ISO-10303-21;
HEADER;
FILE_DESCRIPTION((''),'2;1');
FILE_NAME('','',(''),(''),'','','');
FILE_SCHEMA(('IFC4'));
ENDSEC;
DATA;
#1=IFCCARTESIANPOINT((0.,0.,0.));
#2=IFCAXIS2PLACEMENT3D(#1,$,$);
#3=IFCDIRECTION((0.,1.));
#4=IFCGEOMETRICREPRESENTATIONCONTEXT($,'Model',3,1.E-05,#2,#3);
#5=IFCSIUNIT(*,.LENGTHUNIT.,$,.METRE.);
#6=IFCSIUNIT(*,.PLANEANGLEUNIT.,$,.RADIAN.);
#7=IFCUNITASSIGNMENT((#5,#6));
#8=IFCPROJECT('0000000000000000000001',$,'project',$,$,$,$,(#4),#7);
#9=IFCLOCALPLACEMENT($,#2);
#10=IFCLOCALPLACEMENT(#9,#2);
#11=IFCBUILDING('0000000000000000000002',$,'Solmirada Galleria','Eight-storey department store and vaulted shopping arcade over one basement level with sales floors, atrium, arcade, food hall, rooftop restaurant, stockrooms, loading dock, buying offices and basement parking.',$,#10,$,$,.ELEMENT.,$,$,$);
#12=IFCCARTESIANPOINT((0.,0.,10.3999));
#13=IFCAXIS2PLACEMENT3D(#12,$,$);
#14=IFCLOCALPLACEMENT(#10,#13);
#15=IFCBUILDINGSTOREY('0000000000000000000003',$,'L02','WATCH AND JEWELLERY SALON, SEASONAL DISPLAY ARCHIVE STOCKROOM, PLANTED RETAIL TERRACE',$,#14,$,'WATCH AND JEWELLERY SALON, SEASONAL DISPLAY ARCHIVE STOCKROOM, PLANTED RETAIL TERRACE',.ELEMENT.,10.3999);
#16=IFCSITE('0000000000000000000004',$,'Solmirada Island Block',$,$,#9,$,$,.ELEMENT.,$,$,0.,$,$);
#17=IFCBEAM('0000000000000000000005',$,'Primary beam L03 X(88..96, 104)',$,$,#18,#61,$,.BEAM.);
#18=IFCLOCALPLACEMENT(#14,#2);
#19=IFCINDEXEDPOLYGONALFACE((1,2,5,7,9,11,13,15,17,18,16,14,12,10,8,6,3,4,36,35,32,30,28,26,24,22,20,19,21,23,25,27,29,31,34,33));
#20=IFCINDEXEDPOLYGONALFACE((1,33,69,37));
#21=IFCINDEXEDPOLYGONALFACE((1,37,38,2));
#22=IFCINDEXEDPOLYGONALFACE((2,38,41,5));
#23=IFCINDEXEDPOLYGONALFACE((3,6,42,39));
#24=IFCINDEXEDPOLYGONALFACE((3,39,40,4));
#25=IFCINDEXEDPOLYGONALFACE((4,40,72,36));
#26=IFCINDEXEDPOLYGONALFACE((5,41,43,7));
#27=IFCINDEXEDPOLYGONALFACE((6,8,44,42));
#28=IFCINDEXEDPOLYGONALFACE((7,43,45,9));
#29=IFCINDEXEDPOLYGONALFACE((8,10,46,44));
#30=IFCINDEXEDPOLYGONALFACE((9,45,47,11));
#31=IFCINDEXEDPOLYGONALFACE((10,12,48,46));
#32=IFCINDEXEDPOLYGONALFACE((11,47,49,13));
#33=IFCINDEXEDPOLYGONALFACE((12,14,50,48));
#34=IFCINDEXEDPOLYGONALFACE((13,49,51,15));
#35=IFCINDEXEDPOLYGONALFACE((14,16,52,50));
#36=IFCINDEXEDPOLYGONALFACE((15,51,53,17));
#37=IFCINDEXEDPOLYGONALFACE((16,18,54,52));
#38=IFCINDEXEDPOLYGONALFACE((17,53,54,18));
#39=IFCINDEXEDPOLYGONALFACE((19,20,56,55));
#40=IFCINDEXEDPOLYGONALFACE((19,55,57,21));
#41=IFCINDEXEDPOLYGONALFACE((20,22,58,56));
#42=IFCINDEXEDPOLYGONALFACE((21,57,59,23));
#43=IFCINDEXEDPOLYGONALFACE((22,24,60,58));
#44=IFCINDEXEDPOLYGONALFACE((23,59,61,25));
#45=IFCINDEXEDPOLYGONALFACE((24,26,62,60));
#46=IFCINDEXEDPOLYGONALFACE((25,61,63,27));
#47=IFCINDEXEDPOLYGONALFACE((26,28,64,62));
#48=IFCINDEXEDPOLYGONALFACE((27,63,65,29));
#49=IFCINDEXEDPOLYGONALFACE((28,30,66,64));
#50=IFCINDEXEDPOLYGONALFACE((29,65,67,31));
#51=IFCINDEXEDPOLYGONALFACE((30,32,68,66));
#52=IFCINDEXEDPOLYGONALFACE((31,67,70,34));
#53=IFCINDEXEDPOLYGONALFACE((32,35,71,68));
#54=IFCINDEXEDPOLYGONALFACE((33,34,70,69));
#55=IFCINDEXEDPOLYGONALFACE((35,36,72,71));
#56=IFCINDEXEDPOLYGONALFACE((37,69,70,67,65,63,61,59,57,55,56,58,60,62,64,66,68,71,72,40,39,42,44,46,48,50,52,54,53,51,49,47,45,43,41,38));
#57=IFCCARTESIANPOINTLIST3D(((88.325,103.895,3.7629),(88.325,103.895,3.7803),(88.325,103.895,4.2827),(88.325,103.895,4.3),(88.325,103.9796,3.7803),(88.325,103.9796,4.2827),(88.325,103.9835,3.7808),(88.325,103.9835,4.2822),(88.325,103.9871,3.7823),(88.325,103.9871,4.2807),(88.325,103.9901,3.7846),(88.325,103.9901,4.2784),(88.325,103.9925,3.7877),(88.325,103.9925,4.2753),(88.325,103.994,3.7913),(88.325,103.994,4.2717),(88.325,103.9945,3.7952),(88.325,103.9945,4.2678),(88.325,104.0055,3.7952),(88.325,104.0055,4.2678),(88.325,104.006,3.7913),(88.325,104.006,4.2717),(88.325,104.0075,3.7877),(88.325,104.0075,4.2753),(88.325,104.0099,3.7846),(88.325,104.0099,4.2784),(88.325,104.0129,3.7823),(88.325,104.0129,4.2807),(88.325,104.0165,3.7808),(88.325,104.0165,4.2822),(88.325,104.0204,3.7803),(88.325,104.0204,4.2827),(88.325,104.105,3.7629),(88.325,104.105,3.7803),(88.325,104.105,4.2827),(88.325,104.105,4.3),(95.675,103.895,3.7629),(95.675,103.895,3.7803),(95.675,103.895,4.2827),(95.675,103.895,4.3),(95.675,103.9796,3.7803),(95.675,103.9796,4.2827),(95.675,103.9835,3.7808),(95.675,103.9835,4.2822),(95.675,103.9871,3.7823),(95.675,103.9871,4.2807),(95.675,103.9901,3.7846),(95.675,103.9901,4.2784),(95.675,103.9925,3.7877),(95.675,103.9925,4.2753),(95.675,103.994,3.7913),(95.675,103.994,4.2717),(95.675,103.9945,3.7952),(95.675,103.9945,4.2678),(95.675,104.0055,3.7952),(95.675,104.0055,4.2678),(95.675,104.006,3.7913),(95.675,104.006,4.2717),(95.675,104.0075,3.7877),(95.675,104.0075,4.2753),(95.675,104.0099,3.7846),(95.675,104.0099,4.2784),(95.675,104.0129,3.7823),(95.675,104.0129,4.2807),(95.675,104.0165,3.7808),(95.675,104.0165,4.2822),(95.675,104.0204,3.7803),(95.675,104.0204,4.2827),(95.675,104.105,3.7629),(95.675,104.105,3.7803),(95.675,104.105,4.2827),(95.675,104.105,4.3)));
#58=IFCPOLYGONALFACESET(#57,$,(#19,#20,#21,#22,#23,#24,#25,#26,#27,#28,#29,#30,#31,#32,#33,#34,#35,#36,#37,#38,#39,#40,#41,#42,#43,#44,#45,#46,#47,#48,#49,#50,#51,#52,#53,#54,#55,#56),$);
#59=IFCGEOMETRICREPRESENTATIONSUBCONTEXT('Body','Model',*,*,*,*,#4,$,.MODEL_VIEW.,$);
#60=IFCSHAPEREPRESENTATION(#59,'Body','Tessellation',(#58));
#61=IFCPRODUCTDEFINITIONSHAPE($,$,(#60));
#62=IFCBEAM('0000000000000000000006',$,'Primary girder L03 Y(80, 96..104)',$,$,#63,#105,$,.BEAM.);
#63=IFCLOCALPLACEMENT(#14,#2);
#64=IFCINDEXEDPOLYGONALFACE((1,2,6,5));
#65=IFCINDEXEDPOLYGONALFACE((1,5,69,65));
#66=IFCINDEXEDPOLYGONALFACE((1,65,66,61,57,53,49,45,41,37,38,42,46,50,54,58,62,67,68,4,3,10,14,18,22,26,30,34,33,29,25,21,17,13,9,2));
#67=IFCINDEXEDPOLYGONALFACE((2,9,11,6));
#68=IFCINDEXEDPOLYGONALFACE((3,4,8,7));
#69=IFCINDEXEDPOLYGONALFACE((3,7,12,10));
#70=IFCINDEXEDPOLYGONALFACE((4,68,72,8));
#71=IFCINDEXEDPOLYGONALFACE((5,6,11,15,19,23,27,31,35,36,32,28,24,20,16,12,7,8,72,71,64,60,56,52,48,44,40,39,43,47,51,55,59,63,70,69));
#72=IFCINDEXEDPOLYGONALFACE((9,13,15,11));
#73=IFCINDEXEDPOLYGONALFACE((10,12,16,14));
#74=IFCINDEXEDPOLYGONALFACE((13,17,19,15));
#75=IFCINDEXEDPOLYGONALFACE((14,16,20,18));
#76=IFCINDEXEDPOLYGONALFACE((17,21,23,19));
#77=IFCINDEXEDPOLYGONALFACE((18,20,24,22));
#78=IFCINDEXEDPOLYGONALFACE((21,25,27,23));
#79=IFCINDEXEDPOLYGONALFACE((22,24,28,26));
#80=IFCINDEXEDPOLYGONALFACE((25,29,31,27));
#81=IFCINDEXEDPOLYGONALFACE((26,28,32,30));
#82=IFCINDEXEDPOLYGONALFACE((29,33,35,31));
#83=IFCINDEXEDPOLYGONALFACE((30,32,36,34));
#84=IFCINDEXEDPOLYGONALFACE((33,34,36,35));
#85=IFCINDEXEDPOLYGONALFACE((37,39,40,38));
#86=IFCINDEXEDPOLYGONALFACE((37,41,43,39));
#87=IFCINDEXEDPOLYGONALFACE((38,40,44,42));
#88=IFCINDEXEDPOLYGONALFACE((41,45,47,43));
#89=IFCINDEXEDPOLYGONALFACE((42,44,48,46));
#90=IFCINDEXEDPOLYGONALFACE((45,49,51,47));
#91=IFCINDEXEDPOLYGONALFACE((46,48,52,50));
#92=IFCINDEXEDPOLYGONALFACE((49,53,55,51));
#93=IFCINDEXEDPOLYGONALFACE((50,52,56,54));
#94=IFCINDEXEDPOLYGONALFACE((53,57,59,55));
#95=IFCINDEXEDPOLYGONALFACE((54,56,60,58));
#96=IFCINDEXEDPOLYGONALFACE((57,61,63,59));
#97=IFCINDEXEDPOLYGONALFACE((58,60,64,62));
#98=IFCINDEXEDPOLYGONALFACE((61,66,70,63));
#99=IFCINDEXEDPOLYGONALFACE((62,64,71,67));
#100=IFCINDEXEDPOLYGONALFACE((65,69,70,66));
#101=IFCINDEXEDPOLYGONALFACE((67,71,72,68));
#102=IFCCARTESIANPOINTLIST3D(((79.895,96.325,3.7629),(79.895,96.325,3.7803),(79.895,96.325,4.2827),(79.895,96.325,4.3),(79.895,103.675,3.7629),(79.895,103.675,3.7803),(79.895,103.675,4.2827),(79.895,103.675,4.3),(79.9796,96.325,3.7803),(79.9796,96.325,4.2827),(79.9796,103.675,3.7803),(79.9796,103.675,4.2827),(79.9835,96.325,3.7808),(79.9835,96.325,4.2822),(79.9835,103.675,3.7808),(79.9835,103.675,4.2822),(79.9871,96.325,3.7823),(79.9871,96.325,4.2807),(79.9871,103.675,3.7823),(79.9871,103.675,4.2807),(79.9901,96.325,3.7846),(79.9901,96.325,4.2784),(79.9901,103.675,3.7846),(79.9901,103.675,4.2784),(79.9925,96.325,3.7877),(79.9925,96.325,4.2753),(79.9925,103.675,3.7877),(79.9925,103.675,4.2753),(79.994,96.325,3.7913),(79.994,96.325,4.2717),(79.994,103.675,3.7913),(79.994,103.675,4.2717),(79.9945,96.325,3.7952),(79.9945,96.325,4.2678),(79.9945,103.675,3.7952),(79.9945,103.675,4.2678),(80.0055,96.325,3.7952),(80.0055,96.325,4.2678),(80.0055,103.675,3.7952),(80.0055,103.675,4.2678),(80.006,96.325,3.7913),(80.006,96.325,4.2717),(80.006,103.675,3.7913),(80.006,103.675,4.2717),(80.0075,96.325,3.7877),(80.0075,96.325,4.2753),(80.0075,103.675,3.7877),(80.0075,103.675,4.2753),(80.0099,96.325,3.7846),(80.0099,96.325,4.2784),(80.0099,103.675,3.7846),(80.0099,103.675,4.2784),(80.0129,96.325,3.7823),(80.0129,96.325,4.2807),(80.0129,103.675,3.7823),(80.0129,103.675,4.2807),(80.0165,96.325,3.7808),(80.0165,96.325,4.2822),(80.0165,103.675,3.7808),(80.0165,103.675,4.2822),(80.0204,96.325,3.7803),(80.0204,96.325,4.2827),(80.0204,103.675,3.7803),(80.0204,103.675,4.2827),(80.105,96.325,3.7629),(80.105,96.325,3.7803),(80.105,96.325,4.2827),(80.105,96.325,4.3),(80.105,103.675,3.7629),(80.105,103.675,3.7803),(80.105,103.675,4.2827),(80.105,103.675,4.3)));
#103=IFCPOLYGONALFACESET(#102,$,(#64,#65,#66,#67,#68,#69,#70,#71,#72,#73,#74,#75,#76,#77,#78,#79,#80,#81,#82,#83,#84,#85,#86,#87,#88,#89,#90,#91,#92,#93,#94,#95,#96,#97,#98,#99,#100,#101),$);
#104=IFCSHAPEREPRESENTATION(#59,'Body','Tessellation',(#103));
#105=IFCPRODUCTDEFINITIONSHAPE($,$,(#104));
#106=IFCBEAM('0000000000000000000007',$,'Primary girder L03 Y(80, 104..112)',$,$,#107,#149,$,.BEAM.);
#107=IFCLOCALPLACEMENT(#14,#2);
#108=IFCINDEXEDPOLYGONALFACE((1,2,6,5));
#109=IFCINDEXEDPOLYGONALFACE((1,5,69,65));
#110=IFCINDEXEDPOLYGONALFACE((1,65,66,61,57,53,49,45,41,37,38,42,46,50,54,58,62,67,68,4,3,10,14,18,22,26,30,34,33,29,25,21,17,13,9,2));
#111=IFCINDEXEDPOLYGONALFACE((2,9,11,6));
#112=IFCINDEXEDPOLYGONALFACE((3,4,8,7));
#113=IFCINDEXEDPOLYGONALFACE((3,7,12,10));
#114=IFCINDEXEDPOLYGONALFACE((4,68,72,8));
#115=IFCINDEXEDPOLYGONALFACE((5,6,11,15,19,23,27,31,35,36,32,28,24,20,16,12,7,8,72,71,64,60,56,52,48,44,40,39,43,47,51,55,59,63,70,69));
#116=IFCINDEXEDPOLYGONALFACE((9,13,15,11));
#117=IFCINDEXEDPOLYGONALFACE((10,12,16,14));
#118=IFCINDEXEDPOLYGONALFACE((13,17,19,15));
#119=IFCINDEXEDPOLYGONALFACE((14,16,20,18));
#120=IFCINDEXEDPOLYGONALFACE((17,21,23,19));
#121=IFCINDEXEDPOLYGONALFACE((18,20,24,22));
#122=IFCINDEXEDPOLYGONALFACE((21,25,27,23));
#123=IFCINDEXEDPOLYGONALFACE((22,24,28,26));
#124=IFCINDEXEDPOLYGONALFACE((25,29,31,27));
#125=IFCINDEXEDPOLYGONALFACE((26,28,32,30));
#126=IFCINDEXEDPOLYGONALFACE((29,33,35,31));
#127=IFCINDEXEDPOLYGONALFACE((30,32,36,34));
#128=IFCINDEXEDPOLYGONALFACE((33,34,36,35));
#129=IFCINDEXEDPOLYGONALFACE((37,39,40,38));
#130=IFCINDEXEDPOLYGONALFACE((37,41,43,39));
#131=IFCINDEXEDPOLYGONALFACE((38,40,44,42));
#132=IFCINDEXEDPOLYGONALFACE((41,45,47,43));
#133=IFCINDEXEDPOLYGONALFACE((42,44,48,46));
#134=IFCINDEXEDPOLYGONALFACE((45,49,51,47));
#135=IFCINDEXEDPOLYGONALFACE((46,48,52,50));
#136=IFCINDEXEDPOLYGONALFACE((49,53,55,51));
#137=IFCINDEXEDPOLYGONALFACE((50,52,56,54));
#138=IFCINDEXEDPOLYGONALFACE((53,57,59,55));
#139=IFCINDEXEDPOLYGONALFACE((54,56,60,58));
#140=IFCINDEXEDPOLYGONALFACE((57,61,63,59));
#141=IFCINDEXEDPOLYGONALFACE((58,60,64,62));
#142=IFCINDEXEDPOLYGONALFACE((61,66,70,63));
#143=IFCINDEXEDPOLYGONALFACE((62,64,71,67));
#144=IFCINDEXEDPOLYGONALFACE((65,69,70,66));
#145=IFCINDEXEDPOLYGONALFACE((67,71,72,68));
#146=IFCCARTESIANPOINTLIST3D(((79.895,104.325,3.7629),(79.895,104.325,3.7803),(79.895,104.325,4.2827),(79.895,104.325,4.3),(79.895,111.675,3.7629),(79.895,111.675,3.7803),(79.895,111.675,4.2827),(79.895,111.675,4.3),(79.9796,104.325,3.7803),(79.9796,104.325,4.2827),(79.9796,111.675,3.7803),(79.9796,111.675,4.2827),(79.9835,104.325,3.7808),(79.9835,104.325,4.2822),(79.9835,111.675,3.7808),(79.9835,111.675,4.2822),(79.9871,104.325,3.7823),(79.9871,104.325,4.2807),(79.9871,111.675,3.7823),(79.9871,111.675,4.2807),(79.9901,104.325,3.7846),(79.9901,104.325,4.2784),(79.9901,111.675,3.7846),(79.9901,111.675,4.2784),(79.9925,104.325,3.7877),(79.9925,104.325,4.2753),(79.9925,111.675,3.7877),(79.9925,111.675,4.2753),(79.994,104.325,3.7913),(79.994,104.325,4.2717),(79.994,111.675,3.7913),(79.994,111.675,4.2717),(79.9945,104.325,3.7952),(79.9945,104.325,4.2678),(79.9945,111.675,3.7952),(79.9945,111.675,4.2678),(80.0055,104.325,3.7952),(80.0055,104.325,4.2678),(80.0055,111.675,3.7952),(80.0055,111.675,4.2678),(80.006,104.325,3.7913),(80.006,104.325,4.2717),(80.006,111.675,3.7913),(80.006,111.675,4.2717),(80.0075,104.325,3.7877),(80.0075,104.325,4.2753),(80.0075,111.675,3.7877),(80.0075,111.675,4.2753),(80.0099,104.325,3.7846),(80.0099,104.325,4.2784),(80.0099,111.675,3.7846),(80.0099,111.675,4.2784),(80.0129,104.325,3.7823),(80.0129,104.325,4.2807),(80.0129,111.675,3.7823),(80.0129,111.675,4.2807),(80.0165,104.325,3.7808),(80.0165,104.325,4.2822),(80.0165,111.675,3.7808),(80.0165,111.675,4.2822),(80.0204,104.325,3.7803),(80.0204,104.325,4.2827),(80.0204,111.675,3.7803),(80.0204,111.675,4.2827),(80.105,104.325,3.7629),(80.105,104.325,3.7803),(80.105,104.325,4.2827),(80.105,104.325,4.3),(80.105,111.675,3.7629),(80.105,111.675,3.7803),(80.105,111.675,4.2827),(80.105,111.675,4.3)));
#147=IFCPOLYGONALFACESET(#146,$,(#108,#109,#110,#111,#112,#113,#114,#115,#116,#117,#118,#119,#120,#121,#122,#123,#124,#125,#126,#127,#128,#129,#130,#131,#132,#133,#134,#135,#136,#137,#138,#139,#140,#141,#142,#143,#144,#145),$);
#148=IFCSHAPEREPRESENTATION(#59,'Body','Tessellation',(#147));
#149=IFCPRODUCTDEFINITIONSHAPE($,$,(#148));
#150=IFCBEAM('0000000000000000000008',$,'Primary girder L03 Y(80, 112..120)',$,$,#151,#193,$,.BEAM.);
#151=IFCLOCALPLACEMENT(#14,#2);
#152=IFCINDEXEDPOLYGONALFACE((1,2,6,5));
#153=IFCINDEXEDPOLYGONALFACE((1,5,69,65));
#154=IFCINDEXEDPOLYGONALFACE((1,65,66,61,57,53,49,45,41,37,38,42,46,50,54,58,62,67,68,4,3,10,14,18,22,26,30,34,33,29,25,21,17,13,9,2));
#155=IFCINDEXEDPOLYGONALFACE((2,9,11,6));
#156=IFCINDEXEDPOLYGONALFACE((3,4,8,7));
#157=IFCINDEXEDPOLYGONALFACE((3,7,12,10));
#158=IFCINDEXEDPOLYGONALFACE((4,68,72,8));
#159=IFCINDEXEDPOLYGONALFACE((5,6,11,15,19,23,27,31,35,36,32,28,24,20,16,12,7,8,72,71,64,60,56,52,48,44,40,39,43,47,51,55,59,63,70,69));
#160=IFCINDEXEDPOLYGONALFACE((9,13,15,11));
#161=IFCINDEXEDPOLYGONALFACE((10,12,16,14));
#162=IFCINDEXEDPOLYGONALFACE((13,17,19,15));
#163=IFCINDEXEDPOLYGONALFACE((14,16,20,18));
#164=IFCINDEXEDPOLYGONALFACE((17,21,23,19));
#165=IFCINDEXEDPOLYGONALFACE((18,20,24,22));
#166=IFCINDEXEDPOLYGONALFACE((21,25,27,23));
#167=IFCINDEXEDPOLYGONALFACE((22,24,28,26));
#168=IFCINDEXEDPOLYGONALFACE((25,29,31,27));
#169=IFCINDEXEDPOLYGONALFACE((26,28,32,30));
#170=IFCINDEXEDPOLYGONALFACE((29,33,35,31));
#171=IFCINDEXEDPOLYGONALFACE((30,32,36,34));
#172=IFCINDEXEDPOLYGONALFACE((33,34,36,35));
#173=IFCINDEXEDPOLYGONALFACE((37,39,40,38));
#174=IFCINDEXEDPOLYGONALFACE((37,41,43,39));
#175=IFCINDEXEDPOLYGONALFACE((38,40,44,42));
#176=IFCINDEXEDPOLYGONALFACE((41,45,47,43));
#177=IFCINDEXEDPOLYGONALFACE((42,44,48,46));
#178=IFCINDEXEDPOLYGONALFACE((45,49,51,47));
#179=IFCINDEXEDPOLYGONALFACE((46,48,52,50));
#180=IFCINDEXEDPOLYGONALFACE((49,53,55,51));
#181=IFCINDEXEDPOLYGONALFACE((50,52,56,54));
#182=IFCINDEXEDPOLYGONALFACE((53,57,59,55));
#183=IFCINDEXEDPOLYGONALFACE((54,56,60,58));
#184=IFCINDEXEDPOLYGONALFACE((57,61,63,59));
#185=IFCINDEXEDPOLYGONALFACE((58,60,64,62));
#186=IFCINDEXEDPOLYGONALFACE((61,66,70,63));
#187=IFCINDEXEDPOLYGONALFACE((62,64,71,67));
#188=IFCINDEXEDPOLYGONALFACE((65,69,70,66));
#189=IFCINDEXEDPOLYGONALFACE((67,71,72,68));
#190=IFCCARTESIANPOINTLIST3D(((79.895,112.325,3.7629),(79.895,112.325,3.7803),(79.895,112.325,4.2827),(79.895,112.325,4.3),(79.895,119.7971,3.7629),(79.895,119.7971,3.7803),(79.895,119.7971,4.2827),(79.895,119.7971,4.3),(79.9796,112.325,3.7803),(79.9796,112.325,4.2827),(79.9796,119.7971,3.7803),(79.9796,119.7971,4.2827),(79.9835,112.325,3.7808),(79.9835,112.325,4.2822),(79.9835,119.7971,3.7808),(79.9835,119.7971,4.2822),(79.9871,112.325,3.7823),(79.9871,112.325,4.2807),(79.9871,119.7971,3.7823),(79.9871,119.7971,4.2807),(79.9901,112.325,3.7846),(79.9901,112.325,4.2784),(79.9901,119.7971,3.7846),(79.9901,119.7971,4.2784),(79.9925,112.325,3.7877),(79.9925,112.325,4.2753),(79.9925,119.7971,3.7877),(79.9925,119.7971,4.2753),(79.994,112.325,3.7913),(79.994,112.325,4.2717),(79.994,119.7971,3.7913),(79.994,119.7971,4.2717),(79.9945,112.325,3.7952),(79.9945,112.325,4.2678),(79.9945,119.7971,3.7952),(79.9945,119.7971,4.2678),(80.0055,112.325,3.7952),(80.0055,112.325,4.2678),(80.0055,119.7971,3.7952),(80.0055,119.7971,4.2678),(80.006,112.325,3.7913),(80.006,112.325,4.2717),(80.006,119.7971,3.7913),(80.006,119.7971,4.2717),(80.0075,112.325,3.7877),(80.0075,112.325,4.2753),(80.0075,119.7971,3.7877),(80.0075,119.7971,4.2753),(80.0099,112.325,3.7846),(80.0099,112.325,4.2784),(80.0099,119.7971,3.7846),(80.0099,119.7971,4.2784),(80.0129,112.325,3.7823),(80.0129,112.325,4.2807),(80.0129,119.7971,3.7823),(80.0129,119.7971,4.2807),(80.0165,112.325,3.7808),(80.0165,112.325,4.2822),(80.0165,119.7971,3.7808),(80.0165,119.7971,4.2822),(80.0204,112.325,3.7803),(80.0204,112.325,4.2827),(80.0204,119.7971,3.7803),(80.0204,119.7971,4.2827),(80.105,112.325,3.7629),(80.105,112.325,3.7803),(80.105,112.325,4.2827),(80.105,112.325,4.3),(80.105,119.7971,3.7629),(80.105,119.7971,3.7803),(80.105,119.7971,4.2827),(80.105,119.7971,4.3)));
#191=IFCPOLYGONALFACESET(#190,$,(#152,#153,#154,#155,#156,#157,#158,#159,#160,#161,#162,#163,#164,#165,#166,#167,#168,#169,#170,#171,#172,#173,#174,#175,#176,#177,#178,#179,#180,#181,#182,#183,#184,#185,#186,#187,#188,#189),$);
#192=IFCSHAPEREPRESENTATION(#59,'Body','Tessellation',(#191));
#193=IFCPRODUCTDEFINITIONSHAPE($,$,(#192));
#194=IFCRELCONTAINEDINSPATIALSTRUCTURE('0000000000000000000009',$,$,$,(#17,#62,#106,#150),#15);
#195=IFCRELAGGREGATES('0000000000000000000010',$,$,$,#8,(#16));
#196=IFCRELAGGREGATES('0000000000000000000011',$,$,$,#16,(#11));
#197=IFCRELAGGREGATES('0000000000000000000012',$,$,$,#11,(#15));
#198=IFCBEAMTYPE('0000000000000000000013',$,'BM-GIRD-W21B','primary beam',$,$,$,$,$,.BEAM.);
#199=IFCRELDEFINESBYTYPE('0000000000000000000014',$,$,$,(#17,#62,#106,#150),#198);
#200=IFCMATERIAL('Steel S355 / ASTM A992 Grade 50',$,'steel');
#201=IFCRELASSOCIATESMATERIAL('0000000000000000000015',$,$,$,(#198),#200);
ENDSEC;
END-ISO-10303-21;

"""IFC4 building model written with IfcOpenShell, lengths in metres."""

from ifc_helpers import new_model, si_unit, direction, frame, origin, origin_2d, place, context, subcontext, project, spatial, i_section, extrude, material, material_profile, profile_set, type_object, element, save


model = new_model("IFC4")

# Units and contexts
model_context = context("Model", 3, precision=1e-05, world=origin(), true_north=direction((0.0, 1.0)))
body_context = subcontext(model_context, "Body", "Model", "MODEL_VIEW")
ifc_project = project(units=[si_unit("LENGTHUNIT", "METRE"), si_unit("PLANEANGLEUNIT", "RADIAN")], contexts=[model_context])

# Site, building, storey
site_placement = place(None, origin())
site = spatial("IfcSite", under=ifc_project, at=site_placement, Name="Solmirada Island Block", CompositionType="ELEMENT", RefElevation=0.0)
building_placement = place(site_placement, origin())
building = spatial("IfcBuilding", under=site, at=building_placement, Name="Solmirada Galleria", Description="Eight-storey department store and vaulted shopping arcade over one basement level with sales floors, atrium, arcade, food hall, rooftop restaurant, stockrooms, loading dock, buying offices and basement parking.", CompositionType="ELEMENT")
storey_placement = place(building_placement, frame((0.0, 0.0, 10.3999)))
storey = spatial("IfcBuildingStorey", under=building, at=storey_placement, Name="L02", Description="WATCH AND JEWELLERY SALON, SEASONAL DISPLAY ARCHIVE STOCKROOM, PLANTED RETAIL TERRACE", LongName="WATCH AND JEWELLERY SALON, SEASONAL DISPLAY ARCHIVE STOCKROOM, PLANTED RETAIL TERRACE", CompositionType="ELEMENT", Elevation=10.3999)

# Beams
ifc_material_1 = material(Name="Steel S355 / ASTM A992 Grade 50", Category="steel")
ifc_material_profile_1 = material_profile(ifc_material_1, i_section(OverallWidth=0.21, OverallDepth=0.5371, WebThickness=0.011, FlangeThickness=0.0173, FilletRadius=0.0149, at=origin_2d()), Name="W21X68")
ifc_profile_set_1 = profile_set([ifc_material_profile_1], Name="Steel S355 / ASTM A992 Grade 50")
beam_type_1 = type_object("IfcBeamType", Name="BM-GIRD-W21B", Description="primary beam", PredefinedType="BEAM", material=ifc_profile_set_1)
for number, where, z_axis, x_axis, name in (
    (1, (88.325, 104.0, 4.0315), (1.0, 0.0, 0.0), (0.0, 1.0, 0.0), "Primary beam L03 X(88..96, 104)"),
    (2, (80.0, 96.325, 4.0315), (0.0, 1.0, 0.0), (-1.0, 0.0, 0.0), "Primary girder L03 Y(80, 96..104)"),
    (3, (80.0, 104.325, 4.0315), (0.0, 1.0, 0.0), (-1.0, 0.0, 0.0), "Primary girder L03 Y(80, 104..112)"),
):
    element("IfcBeam", number, at=place(storey_placement, frame(where, z_axis=z_axis, x_axis=x_axis)), inside=storey, type_object=beam_type_1, Name=name, PredefinedType="BEAM", context=body_context, shape_type="SweptSolid", body=[
        extrude(i_section(OverallWidth=0.21, OverallDepth=0.5371, WebThickness=0.011, FlangeThickness=0.0173, FilletRadius=0.0149, at=origin_2d()), origin(), (0.0, 0.0, 1.0), 7.3501),
    ])
beam_1_placement = place(storey_placement, frame((80.0, 112.325, 4.0315), z_axis=(0.0, 1.0, 0.0), x_axis=(-1.0, 0.0, 0.0)))
element("IfcBeam", 4, at=beam_1_placement, inside=storey, type_object=beam_type_1, Name="Primary girder L03 Y(80, 112..120)", PredefinedType="BEAM", context=body_context, shape_type="SweptSolid", body=[
    extrude(i_section(OverallWidth=0.21, OverallDepth=0.5371, WebThickness=0.011, FlangeThickness=0.0173, FilletRadius=0.0149, at=origin_2d()), origin(), (0.0, 0.0, 1.0), 7.4722),
])

save(model, "model.ifc")
